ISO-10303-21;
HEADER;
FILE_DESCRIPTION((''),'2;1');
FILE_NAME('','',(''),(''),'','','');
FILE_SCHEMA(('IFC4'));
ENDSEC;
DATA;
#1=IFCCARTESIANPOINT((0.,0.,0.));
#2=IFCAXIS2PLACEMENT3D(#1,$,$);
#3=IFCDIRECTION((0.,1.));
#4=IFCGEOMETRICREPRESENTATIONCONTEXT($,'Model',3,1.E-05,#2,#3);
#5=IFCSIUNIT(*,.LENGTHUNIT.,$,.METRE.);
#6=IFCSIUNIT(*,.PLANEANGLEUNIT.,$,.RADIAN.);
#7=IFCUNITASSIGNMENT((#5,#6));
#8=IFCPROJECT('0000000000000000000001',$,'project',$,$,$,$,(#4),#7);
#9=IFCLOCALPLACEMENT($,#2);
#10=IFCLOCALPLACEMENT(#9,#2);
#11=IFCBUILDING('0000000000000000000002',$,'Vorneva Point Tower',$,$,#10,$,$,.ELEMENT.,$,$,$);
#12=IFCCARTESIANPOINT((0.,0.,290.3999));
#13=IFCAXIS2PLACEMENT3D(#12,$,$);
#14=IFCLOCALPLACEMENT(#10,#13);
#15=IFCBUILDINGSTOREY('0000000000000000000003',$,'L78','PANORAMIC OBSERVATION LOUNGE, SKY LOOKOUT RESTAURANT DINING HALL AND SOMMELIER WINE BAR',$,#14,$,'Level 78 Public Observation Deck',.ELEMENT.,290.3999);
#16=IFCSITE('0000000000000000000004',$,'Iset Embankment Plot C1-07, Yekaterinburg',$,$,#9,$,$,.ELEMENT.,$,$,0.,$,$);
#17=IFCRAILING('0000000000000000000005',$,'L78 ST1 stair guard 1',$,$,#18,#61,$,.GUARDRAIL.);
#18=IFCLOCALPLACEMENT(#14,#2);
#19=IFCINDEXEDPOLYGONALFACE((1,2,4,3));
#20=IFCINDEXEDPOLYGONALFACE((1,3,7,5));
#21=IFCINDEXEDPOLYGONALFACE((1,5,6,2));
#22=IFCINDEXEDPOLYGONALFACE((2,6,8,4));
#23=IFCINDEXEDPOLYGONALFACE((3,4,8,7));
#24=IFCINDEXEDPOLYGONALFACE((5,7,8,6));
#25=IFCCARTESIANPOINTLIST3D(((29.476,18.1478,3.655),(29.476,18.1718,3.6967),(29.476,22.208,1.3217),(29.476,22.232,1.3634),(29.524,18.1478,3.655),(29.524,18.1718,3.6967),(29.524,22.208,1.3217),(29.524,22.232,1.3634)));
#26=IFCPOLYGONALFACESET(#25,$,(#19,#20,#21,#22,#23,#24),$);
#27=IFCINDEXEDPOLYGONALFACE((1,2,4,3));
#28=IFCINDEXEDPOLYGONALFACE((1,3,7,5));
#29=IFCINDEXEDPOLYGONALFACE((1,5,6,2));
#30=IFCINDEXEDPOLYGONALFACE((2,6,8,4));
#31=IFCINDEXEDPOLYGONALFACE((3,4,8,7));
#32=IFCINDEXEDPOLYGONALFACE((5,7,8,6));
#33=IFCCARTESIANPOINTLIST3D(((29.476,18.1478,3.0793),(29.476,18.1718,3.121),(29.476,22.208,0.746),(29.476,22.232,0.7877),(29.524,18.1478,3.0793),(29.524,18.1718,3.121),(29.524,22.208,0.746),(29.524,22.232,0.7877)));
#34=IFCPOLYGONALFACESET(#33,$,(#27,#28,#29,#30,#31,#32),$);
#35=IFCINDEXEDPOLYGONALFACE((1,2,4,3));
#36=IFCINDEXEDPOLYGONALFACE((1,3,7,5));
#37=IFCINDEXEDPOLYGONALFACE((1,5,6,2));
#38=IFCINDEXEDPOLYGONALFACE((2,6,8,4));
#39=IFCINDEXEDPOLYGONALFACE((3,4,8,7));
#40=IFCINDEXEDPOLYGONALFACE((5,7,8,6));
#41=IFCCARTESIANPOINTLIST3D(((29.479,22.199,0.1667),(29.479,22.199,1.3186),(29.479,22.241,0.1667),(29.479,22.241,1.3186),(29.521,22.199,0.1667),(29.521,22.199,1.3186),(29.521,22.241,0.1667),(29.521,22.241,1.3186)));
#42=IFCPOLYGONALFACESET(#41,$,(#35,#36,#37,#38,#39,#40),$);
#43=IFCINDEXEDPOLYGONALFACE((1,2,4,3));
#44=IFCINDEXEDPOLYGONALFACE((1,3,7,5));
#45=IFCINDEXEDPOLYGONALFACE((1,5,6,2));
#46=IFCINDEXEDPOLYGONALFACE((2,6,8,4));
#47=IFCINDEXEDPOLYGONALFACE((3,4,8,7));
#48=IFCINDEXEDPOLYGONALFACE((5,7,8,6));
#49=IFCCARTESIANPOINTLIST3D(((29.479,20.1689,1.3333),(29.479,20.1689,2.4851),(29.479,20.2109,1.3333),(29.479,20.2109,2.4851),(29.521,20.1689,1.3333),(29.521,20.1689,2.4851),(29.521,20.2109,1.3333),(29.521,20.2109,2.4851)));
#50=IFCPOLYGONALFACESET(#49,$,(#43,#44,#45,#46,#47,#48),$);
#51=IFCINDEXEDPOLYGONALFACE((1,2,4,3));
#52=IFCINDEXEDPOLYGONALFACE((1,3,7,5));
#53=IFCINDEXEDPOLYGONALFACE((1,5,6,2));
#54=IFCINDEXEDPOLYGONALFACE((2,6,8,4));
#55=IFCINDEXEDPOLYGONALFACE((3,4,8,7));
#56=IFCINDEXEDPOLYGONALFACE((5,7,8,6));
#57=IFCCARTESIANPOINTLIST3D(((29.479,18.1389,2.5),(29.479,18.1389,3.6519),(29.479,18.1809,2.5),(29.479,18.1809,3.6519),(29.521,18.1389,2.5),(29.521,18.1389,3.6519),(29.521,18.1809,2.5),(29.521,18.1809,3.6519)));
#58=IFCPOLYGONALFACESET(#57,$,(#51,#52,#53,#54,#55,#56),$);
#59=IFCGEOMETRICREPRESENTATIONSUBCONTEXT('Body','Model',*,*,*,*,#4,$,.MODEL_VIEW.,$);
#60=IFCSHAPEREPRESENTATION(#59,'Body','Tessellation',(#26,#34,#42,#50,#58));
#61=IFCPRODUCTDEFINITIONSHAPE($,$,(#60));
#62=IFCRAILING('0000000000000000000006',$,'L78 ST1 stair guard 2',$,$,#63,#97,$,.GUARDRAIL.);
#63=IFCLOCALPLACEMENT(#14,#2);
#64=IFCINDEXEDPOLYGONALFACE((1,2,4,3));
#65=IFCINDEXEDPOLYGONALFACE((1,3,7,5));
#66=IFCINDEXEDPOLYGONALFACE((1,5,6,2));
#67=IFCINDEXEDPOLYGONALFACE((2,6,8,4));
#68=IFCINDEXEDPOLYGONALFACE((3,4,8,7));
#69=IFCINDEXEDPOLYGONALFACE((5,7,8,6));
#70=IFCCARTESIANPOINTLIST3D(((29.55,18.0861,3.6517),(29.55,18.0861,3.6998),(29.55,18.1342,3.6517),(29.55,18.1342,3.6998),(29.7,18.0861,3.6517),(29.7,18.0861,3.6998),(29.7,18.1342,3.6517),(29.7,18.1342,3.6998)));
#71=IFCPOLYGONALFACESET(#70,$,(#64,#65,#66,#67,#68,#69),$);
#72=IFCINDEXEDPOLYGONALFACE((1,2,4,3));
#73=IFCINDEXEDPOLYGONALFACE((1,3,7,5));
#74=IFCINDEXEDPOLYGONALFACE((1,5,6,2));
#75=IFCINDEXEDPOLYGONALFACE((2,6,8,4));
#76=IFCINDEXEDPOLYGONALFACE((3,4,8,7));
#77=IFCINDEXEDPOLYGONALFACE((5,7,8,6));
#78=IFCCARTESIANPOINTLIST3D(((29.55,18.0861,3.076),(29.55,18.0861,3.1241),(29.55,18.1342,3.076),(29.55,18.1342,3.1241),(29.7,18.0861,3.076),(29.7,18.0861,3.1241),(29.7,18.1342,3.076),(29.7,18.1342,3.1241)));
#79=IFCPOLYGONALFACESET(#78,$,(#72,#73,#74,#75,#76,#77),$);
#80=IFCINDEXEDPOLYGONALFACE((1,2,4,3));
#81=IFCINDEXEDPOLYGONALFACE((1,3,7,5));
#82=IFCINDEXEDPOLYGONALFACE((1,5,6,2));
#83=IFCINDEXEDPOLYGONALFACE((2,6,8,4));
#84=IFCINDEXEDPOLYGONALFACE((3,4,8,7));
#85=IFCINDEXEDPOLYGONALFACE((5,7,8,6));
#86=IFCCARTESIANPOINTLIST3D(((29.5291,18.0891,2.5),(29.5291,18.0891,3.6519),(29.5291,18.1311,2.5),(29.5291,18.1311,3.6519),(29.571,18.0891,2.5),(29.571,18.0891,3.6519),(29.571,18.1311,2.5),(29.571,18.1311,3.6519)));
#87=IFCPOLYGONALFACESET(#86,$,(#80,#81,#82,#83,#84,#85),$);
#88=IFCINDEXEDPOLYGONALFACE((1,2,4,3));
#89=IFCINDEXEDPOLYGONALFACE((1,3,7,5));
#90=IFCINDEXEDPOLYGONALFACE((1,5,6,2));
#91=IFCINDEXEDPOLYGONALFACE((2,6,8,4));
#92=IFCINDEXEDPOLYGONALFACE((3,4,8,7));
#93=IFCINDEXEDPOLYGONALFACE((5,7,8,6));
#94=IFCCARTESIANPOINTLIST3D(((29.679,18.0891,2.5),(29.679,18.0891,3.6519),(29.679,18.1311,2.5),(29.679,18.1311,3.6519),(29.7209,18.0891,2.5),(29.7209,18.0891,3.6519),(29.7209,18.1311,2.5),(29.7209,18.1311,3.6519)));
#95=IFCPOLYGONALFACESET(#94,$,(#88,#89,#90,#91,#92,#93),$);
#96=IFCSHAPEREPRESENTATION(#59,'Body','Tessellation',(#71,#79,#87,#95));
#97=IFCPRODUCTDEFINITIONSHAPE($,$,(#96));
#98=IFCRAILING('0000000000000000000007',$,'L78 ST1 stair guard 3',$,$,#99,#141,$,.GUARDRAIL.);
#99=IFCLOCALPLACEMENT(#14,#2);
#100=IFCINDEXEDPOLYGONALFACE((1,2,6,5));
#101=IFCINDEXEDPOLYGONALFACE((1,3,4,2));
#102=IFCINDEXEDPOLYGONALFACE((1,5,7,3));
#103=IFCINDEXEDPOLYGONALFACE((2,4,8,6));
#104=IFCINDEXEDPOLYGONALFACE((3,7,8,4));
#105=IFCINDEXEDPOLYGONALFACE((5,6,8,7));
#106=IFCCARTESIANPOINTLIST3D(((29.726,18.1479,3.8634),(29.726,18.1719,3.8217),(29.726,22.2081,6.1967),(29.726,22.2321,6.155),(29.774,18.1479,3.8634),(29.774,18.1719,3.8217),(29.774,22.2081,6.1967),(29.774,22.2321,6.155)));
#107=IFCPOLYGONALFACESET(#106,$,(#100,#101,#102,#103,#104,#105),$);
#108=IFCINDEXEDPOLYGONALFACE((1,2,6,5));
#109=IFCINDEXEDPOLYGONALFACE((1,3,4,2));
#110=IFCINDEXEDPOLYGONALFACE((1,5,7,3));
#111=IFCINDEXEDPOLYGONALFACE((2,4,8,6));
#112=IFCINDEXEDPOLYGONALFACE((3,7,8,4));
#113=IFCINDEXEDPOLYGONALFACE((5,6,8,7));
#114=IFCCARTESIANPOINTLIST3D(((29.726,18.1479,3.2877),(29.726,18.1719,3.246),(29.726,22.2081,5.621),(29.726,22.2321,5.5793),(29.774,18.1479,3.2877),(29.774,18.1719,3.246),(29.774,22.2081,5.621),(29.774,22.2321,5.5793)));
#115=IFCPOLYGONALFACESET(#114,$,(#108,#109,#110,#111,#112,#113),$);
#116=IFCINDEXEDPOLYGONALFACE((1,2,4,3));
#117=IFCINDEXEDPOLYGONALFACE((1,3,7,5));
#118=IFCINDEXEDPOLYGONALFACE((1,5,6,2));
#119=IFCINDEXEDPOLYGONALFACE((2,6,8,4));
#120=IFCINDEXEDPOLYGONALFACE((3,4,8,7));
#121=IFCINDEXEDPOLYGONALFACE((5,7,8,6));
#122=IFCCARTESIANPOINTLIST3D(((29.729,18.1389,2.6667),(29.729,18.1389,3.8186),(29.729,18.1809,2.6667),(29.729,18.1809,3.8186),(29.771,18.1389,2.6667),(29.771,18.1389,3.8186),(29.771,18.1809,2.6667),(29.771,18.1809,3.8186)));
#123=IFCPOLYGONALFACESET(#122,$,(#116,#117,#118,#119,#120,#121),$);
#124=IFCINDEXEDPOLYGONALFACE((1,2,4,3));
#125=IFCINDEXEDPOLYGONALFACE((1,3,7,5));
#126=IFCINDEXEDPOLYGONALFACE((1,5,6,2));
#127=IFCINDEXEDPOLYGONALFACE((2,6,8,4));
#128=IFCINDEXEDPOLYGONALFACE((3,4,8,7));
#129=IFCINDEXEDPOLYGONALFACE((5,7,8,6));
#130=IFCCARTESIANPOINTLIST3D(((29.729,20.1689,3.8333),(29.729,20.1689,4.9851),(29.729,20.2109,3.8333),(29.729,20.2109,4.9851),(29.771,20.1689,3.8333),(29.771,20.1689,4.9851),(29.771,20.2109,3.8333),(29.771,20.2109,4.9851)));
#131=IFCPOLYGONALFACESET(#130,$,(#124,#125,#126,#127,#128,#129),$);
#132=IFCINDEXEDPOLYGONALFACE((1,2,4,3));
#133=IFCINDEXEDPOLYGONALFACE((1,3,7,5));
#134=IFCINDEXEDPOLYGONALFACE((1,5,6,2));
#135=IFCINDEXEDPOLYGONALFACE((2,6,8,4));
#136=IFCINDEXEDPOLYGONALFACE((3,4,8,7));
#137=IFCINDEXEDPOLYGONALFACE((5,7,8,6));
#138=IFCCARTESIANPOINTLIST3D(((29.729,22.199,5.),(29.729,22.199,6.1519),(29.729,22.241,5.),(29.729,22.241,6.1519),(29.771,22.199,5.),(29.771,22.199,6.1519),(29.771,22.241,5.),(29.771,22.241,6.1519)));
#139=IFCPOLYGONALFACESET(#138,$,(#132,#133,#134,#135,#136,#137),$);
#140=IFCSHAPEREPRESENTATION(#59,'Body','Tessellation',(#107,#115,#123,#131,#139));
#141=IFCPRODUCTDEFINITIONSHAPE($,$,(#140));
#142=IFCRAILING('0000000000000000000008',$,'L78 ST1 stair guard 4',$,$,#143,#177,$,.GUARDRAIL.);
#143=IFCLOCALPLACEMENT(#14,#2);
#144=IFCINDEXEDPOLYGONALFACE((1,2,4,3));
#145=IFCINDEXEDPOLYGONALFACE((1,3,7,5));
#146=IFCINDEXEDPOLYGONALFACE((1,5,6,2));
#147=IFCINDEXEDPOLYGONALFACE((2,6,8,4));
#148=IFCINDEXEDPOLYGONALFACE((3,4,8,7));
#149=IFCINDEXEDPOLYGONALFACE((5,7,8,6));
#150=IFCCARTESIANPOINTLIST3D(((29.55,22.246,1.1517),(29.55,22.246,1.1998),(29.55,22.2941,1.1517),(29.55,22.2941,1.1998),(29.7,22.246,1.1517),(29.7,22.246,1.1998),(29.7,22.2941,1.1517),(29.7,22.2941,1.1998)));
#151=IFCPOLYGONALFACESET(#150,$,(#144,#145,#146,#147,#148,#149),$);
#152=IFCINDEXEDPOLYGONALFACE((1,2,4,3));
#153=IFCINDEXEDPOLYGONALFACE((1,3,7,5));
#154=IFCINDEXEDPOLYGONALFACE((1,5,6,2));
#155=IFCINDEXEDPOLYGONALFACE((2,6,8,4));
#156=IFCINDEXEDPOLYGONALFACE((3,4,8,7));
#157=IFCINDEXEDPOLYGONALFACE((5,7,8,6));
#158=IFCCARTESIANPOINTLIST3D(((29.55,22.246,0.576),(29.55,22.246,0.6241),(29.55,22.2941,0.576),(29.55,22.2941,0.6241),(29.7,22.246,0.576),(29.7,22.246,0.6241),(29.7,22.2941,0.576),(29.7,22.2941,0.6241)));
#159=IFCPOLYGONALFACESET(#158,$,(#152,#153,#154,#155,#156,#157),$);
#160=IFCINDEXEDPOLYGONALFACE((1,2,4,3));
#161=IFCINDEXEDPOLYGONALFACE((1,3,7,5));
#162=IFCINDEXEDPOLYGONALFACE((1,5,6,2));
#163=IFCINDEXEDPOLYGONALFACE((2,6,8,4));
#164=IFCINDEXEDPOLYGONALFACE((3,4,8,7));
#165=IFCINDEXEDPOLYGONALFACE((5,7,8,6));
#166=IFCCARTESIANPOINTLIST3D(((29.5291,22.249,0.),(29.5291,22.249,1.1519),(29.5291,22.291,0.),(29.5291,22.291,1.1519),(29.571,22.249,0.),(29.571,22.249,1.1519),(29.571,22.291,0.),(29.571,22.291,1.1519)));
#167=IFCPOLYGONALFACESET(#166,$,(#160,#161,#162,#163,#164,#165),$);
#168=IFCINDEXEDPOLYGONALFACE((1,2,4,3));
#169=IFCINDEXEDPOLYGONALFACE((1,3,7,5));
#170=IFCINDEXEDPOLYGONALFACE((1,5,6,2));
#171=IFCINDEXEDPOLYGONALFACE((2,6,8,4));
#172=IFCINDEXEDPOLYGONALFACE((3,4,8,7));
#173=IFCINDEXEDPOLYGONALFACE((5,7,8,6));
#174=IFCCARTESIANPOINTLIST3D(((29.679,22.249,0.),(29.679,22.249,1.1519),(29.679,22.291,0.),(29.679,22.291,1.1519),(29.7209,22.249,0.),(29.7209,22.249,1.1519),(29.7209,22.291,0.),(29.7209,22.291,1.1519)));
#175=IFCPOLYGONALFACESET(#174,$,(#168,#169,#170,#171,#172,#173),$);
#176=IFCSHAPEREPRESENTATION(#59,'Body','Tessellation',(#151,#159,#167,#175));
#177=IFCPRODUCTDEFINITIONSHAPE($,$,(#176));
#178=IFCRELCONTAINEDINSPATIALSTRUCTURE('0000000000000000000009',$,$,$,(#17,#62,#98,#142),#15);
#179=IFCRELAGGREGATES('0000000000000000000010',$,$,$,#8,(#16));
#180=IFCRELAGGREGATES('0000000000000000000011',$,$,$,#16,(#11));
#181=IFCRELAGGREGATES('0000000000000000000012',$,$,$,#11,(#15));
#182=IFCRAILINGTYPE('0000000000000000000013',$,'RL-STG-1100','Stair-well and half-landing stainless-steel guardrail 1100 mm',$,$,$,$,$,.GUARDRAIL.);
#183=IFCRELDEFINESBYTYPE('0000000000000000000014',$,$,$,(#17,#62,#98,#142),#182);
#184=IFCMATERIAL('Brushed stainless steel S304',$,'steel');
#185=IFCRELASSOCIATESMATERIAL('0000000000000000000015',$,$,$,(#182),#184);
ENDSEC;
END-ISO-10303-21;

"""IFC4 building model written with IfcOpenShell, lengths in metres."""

from ifc_helpers import new_model, si_unit, direction, frame, origin, origin_2d, place, context, subcontext, project, spatial, rectangle, extrude, material, type_object, element, save


model = new_model("IFC4")

# Units and contexts
model_context = context("Model", 3, precision=1e-05, world=origin(), true_north=direction((0.0, 1.0)))
body_context = subcontext(model_context, "Body", "Model", "MODEL_VIEW")
ifc_project = project(units=[si_unit("LENGTHUNIT", "METRE"), si_unit("PLANEANGLEUNIT", "RADIAN")], contexts=[model_context])

# Site, building, storey
site_placement = place(None, origin())
site = spatial("IfcSite", under=ifc_project, at=site_placement, Name="Iset Embankment Plot C1-07, Yekaterinburg", CompositionType="ELEMENT", RefElevation=0.0)
building_placement = place(site_placement, origin())
building = spatial("IfcBuilding", under=site, at=building_placement, Name="Vorneva Point Tower", CompositionType="ELEMENT")
storey_placement = place(building_placement, frame((0.0, 0.0, 290.3999)))
storey = spatial("IfcBuildingStorey", under=building, at=storey_placement, Name="L78", Description="PANORAMIC OBSERVATION LOUNGE, SKY LOOKOUT RESTAURANT DINING HALL AND SOMMELIER WINE BAR", LongName="Level 78 Public Observation Deck", CompositionType="ELEMENT", Elevation=290.3999)

# Railings
ifc_material_1 = material(Name="Brushed stainless steel S304", Category="steel")
railing_type_1 = type_object("IfcRailingType", Name="RL-STG-1100", Description="Stair-well and half-landing stainless-steel guardrail 1100 mm", PredefinedType="GUARDRAIL", material=ifc_material_1)
railing_1_placement = place(storey_placement, frame((29.5, 22.22, 0.1667)))
element("IfcRailing", 1, at=railing_1_placement, inside=storey, type_object=railing_type_1, Name="L78 ST1 stair guard 1", PredefinedType="GUARDRAIL", context=body_context, shape_type="SweptSolid", body=[
    extrude(rectangle(XDim=0.0481, YDim=0.0481, at=origin_2d()), frame((0.0, 0.0, 1.1758), z_axis=(0.0, -0.867025, 0.498265), x_axis=(1.0, 0.0, 0.0)), (0.0, 0.0, 1.0), 4.6829),
    extrude(rectangle(XDim=0.0481, YDim=0.0481, at=origin_2d()), frame((0.0, 0.0, 0.6001), z_axis=(0.0, -0.867025, 0.498265), x_axis=(1.0, 0.0, 0.0)), (0.0, 0.0, 1.0), 4.6829),
    extrude(rectangle(XDim=0.042, YDim=0.042, at=origin_2d()), origin(), (0.0, 0.0, 1.0), 1.1519),
    extrude(rectangle(XDim=0.042, YDim=0.042, at=origin_2d()), frame((0.0, -2.03, 1.1665)), (0.0, 0.0, 1.0), 1.1519),
    extrude(rectangle(XDim=0.042, YDim=0.042, at=origin_2d()), frame((0.0, -4.0601, 2.3333)), (0.0, 0.0, 1.0), 1.1519),
])
railing_2_placement = place(storey_placement, frame((29.55, 18.1101, 2.5)))
element("IfcRailing", 2, at=railing_2_placement, inside=storey, type_object=railing_type_1, Name="L78 ST1 stair guard 2", PredefinedType="GUARDRAIL", context=body_context, shape_type="SweptSolid", body=[
    extrude(rectangle(XDim=0.0481, YDim=0.0481, at=origin_2d()), frame((0.0, 0.0, 1.1758), z_axis=(1.0, 0.0, 0.0), x_axis=(0.0, 1.0, 0.0)), (0.0, 0.0, 1.0), 0.1499),
    extrude(rectangle(XDim=0.0481, YDim=0.0481, at=origin_2d()), frame((0.0, 0.0, 0.6001), z_axis=(1.0, 0.0, 0.0), x_axis=(0.0, 1.0, 0.0)), (0.0, 0.0, 1.0), 0.1499),
    extrude(rectangle(XDim=0.042, YDim=0.042, at=origin_2d()), origin(), (0.0, 0.0, 1.0), 1.1519),
    extrude(rectangle(XDim=0.042, YDim=0.042, at=origin_2d()), frame((0.1499, 0.0, 0.0)), (0.0, 0.0, 1.0), 1.1519),
])
railing_3_placement = place(storey_placement, frame((29.75, 18.1599, 2.6667)))
element("IfcRailing", 3, at=railing_3_placement, inside=storey, type_object=railing_type_1, Name="L78 ST1 stair guard 3", PredefinedType="GUARDRAIL", context=body_context, shape_type="SweptSolid", body=[
    extrude(rectangle(XDim=0.0481, YDim=0.0481, at=origin_2d()), frame((0.0, 0.0, 1.1758), z_axis=(0.0, 0.867025, 0.498265), x_axis=(-1.0, 0.0, 0.0)), (0.0, 0.0, 1.0), 4.6829),
    extrude(rectangle(XDim=0.0481, YDim=0.0481, at=origin_2d()), frame((0.0, 0.0, 0.6001), z_axis=(0.0, 0.867025, 0.498265), x_axis=(-1.0, 0.0, 0.0)), (0.0, 0.0, 1.0), 4.6829),
    extrude(rectangle(XDim=0.042, YDim=0.042, at=origin_2d()), origin(), (0.0, 0.0, 1.0), 1.1519),
    extrude(rectangle(XDim=0.042, YDim=0.042, at=origin_2d()), frame((0.0, 2.03, 1.1665)), (0.0, 0.0, 1.0), 1.1519),
    extrude(rectangle(XDim=0.042, YDim=0.042, at=origin_2d()), frame((0.0, 4.0601, 2.3333)), (0.0, 0.0, 1.0), 1.1519),
])
railing_4_placement = place(storey_placement, frame((29.55, 22.27, 0.0)))
element("IfcRailing", 4, at=railing_4_placement, inside=storey, type_object=railing_type_1, Name="L78 ST1 stair guard 4", PredefinedType="GUARDRAIL", context=body_context, shape_type="SweptSolid", body=[
    extrude(rectangle(XDim=0.0481, YDim=0.0481, at=origin_2d()), frame((0.0, 0.0, 1.1758), z_axis=(1.0, 0.0, 0.0), x_axis=(0.0, 1.0, 0.0)), (0.0, 0.0, 1.0), 0.1499),
    extrude(rectangle(XDim=0.0481, YDim=0.0481, at=origin_2d()), frame((0.0, 0.0, 0.6001), z_axis=(1.0, 0.0, 0.0), x_axis=(0.0, 1.0, 0.0)), (0.0, 0.0, 1.0), 0.1499),
    extrude(rectangle(XDim=0.042, YDim=0.042, at=origin_2d()), origin(), (0.0, 0.0, 1.0), 1.1519),
    extrude(rectangle(XDim=0.042, YDim=0.042, at=origin_2d()), frame((0.1499, 0.0, 0.0)), (0.0, 0.0, 1.0), 1.1519),
])

save(model, "model.ifc")
